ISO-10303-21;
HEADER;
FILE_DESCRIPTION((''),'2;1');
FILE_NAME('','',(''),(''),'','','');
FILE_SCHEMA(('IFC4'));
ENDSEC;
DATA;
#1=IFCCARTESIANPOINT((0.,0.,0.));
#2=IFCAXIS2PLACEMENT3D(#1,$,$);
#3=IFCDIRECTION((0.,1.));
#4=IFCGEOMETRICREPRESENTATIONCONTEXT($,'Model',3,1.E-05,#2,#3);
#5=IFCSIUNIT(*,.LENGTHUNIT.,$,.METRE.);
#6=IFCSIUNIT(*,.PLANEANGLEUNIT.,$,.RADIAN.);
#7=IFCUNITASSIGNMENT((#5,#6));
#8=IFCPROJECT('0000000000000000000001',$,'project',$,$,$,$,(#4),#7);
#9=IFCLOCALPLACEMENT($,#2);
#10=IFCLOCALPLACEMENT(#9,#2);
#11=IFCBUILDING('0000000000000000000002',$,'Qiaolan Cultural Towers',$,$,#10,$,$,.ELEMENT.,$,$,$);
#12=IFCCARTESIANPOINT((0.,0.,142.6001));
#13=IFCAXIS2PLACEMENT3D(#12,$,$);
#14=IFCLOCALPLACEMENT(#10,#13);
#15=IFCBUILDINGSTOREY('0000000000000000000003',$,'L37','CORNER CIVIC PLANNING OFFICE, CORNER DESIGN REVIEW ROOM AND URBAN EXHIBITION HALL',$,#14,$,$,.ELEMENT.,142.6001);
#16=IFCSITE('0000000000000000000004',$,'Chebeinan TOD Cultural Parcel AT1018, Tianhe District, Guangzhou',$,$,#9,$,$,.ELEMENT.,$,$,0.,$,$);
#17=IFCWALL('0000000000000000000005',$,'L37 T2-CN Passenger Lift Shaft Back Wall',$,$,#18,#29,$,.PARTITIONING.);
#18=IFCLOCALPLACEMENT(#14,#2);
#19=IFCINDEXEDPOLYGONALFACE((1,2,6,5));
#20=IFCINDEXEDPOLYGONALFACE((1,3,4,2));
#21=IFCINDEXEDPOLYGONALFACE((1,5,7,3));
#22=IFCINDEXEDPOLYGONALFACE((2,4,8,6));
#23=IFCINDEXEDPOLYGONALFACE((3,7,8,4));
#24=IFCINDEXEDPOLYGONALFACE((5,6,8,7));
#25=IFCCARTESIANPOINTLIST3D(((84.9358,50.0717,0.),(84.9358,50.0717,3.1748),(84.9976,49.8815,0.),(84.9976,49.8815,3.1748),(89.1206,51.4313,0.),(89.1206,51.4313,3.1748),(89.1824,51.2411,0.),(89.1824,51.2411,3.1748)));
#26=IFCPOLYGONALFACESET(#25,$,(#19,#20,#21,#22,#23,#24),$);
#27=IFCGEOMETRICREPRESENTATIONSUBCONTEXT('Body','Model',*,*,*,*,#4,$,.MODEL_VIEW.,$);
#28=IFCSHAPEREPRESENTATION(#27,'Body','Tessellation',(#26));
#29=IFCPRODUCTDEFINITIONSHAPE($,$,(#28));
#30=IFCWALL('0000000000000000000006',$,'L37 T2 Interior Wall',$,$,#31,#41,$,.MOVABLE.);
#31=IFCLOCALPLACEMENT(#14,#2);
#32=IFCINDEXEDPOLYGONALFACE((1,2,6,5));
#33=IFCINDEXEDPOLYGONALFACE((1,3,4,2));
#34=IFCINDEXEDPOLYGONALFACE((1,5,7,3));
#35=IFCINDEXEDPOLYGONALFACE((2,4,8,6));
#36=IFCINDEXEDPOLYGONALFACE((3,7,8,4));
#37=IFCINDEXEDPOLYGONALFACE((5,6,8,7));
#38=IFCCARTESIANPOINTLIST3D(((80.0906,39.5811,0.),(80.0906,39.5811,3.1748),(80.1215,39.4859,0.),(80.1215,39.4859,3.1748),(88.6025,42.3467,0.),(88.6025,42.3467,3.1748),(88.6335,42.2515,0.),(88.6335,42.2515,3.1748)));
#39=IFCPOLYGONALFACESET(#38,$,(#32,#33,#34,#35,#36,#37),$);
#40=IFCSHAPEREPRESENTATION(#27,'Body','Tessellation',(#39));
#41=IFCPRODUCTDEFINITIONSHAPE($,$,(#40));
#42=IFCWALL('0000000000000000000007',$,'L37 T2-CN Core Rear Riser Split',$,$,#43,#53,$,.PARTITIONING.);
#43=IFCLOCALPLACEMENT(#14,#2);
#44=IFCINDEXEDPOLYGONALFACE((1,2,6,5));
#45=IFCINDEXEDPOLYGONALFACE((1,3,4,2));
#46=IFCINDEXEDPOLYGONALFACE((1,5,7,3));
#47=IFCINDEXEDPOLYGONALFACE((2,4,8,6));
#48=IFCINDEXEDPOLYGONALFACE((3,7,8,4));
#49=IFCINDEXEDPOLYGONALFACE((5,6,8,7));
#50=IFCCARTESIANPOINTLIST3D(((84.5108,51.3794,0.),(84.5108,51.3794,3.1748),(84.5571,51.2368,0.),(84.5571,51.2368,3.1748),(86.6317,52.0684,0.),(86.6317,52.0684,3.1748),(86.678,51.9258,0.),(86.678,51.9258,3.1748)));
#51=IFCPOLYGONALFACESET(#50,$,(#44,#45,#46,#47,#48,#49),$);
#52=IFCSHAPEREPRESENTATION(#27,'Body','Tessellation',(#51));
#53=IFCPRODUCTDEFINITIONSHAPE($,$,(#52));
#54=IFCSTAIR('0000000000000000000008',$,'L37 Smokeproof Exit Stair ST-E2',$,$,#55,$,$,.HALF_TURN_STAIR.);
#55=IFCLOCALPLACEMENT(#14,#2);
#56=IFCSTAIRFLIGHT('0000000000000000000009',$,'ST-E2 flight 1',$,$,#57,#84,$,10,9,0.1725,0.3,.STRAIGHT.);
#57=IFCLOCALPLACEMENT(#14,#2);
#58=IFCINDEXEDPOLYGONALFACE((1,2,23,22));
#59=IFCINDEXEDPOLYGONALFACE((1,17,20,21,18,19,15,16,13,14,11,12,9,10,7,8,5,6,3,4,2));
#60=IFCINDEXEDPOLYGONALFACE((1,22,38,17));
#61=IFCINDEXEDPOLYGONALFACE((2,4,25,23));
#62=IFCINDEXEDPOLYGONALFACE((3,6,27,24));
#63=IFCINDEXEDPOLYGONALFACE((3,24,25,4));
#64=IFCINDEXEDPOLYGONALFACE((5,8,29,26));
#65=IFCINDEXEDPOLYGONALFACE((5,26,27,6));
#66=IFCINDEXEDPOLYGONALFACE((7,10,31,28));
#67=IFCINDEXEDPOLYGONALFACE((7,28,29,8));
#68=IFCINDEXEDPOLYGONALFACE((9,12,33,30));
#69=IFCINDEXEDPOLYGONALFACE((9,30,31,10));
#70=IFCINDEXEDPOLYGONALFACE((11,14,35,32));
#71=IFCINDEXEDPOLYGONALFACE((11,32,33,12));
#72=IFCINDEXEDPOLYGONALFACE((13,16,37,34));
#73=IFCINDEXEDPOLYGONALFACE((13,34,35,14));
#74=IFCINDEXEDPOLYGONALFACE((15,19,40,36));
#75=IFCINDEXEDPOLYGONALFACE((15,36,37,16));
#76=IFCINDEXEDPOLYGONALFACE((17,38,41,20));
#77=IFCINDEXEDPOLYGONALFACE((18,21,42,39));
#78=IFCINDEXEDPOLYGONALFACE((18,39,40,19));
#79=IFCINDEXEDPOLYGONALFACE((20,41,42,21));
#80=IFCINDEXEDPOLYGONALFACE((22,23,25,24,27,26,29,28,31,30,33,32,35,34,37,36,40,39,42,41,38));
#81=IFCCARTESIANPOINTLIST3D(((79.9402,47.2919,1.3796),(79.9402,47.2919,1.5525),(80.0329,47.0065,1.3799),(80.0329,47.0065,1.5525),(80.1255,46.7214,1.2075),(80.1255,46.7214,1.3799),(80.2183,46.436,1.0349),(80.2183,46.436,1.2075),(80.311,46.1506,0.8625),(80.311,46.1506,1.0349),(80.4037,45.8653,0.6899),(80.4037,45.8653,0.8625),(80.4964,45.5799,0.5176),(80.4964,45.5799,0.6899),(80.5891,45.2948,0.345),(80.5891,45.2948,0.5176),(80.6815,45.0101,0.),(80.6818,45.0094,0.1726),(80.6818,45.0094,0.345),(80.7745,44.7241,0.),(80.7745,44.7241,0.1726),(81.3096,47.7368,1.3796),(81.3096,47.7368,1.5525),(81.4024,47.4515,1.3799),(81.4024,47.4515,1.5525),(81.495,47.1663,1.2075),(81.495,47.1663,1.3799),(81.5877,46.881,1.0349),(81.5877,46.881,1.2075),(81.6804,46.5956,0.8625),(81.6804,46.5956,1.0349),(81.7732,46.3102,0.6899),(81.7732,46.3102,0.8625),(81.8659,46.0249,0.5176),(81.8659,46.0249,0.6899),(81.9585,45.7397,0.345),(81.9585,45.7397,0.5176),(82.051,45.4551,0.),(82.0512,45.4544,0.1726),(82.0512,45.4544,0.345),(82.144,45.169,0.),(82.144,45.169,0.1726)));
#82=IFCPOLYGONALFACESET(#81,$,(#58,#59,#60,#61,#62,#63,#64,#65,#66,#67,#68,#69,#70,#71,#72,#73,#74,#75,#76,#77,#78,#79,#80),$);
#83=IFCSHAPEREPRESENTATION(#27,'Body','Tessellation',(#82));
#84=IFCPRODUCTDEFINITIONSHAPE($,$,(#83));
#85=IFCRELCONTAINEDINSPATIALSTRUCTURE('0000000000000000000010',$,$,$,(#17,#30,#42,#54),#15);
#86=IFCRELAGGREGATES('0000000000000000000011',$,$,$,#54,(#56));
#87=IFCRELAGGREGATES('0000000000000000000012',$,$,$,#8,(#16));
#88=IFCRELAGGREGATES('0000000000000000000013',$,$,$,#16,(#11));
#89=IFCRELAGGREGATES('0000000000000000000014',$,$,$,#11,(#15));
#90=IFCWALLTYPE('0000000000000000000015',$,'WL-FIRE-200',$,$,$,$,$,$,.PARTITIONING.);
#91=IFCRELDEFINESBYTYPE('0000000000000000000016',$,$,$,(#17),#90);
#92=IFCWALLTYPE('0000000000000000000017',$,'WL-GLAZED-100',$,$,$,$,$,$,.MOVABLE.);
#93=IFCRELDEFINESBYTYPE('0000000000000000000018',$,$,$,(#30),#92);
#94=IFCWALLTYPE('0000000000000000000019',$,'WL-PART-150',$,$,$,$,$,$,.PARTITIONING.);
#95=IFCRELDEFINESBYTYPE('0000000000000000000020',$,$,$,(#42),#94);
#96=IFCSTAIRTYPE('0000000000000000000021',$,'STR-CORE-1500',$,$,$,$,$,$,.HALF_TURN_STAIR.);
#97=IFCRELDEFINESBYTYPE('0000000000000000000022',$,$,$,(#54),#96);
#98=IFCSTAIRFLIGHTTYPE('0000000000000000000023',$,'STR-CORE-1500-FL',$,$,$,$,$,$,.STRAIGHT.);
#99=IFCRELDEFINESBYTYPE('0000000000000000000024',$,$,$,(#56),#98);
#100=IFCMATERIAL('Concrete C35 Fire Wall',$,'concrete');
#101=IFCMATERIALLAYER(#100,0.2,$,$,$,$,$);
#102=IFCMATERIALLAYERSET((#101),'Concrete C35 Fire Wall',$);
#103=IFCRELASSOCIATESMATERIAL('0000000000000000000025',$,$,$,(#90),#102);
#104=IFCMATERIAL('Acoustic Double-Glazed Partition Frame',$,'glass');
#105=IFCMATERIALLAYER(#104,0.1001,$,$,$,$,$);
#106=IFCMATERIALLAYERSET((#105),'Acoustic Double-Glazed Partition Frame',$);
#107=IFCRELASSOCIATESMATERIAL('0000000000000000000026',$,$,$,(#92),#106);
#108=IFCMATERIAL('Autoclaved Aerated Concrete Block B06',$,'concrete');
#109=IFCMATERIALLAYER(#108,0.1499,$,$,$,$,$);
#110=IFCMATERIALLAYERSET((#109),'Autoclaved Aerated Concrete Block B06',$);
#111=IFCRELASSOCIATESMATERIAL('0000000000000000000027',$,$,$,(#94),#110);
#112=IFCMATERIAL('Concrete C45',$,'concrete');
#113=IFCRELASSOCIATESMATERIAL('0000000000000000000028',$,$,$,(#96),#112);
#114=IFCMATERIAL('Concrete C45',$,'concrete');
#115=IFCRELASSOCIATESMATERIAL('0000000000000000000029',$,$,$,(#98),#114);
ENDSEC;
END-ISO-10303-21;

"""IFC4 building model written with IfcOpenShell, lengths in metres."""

from ifc_helpers import new_model, si_unit, direction, frame, frame_2d, origin, place, context, subcontext, project, spatial, polyline, rectangle, outline, extrude, material, layer, layer_set, type_object, element, aggregate, save


model = new_model("IFC4")

# Units and contexts
model_context = context("Model", 3, precision=1e-05, world=origin(), true_north=direction((0.0, 1.0)))
body_context = subcontext(model_context, "Body", "Model", "MODEL_VIEW")
ifc_project = project(units=[si_unit("LENGTHUNIT", "METRE"), si_unit("PLANEANGLEUNIT", "RADIAN")], contexts=[model_context])

# Site, building, storey
site_placement = place(None, origin())
site = spatial("IfcSite", under=ifc_project, at=site_placement, Name="Chebeinan TOD Cultural Parcel AT1018, Tianhe District, Guangzhou", CompositionType="ELEMENT", RefElevation=0.0)
building_placement = place(site_placement, origin())
building = spatial("IfcBuilding", under=site, at=building_placement, Name="Qiaolan Cultural Towers", CompositionType="ELEMENT")
storey_placement = place(building_placement, frame((0.0, 0.0, 142.6001)))
storey = spatial("IfcBuildingStorey", under=building, at=storey_placement, Name="L37", Description="CORNER CIVIC PLANNING OFFICE, CORNER DESIGN REVIEW ROOM AND URBAN EXHIBITION HALL", CompositionType="ELEMENT", Elevation=142.6001)

# Shared definitions
ifc_material_1 = material(Name="Concrete C35 Fire Wall", Category="concrete")
ifc_layer_1 = layer(ifc_material_1, 0.2)
ifc_layer_set_1 = layer_set([ifc_layer_1], Name="Concrete C35 Fire Wall")
wall_type_1 = type_object("IfcWallType", Name="WL-FIRE-200", PredefinedType="PARTITIONING", material=ifc_layer_set_1)

# Walls
wall_1_placement = place(storey_placement, frame((84.9666, 49.9766, 0.0), z_axis=(0.0, 0.0, 1.0), x_axis=(0.951064, 0.308994, 0.0)))
element("IfcWall", 1, at=wall_1_placement, inside=storey, type_object=wall_type_1, Name="L37 T2-CN Passenger Lift Shaft Back Wall", PredefinedType="PARTITIONING", context=body_context, shape_type="SweptSolid", body=[
    extrude(rectangle(XDim=4.4001, YDim=0.2, at=frame_2d((2.2002, 0.0))), origin(), (0.0, 0.0, 1.0), 3.1748),
])
ifc_material_2 = material(Name="Acoustic Double-Glazed Partition Frame", Category="glass")
ifc_layer_2 = layer(ifc_material_2, 0.1001)
ifc_layer_set_2 = layer_set([ifc_layer_2], Name="Acoustic Double-Glazed Partition Frame")
wall_type_2 = type_object("IfcWallType", Name="WL-GLAZED-100", PredefinedType="MOVABLE", material=ifc_layer_set_2)
wall_2_placement = place(storey_placement, frame((80.106, 39.5334, 0.0), z_axis=(0.0, 0.0, 1.0), x_axis=(0.951059, 0.309009, 0.0)))
element("IfcWall", 2, at=wall_2_placement, inside=storey, type_object=wall_type_2, Name="L37 T2 Interior Wall", PredefinedType="MOVABLE", context=body_context, shape_type="SweptSolid", body=[
    extrude(rectangle(XDim=8.95, YDim=0.1001, at=frame_2d((4.4751, 0.0))), origin(), (0.0, 0.0, 1.0), 3.1748),
])
ifc_material_3 = material(Name="Autoclaved Aerated Concrete Block B06", Category="concrete")
ifc_layer_3 = layer(ifc_material_3, 0.1499)
ifc_layer_set_3 = layer_set([ifc_layer_3], Name="Autoclaved Aerated Concrete Block B06")
wall_type_3 = type_object("IfcWallType", Name="WL-PART-150", PredefinedType="PARTITIONING", material=ifc_layer_set_3)
wall_3_placement = place(storey_placement, frame((84.5339, 51.3081, 0.0), z_axis=(0.0, 0.0, 1.0), x_axis=(0.951075, 0.30896, 0.0)))
element("IfcWall", 3, at=wall_3_placement, inside=storey, type_object=wall_type_3, Name="L37 T2-CN Core Rear Riser Split", PredefinedType="PARTITIONING", context=body_context, shape_type="SweptSolid", body=[
    extrude(rectangle(XDim=2.23, YDim=0.1499, at=frame_2d((1.115, 0.0))), origin(), (0.0, 0.0, 1.0), 3.1748),
])

# Stair, stair flight
ifc_material_4 = material(Name="Concrete C45", Category="concrete")
stair_type = type_object("IfcStairType", Name="STR-CORE-1500", PredefinedType="HALF_TURN_STAIR", material=ifc_material_4)
stair_placement = place(storey_placement, origin())
stair = element("IfcStair", 4, at=stair_placement, inside=storey, type_object=stair_type, Name="L37 Smokeproof Exit Stair ST-E2", PredefinedType="HALF_TURN_STAIR")
ifc_material_5 = material(Name="Concrete C45", Category="concrete")
stair_flight_type = type_object("IfcStairFlightType", Name="STR-CORE-1500-FL", PredefinedType="STRAIGHT", material=ifc_material_5)
stair_flight_placement = place(storey_placement, frame((81.4592, 44.9465, 0.0), z_axis=(0.0, 0.0, 1.0), x_axis=(-0.309017, 0.951057, 0.0)))
stair_flight = element("IfcStairFlight", 5, at=stair_flight_placement, type_object=stair_flight_type, Name="ST-E2 flight 1", NumberOfRisers=10, NumberOfTreads=9, PredefinedType="STRAIGHT", RiserHeight=0.1725, TreadLength=0.3, context=body_context, shape_type="SweptSolid", body=[
    extrude(outline(polyline([(0.0, 0.0), (0.0, 0.1726), (0.3, 0.1726), (0.3, 0.345), (0.6001, 0.345), (0.6001, 0.5176), (0.8999, 0.5176), (0.8999, 0.6899), (1.2, 0.6899), (1.2, 0.8625), (1.5, 0.8625), (1.5, 1.0349), (1.8, 1.0349), (1.8, 1.2075), (2.1001, 1.2075), (2.1001, 1.3799), (2.3999, 1.3799), (2.3999, 1.5525), (2.7, 1.5525), (2.7, 1.7251), (2.7, 1.3796), (0.3008, 0.0), (0.0, 0.0)])), frame((0.0, 0.72, 0.0), z_axis=(0.0, -1.0, 0.0), x_axis=(1.0, 0.0, 0.0)), (0.0, 0.0, 1.0), 1.4399),
])
aggregate(stair, [stair_flight])

save(model, "model.ifc")
